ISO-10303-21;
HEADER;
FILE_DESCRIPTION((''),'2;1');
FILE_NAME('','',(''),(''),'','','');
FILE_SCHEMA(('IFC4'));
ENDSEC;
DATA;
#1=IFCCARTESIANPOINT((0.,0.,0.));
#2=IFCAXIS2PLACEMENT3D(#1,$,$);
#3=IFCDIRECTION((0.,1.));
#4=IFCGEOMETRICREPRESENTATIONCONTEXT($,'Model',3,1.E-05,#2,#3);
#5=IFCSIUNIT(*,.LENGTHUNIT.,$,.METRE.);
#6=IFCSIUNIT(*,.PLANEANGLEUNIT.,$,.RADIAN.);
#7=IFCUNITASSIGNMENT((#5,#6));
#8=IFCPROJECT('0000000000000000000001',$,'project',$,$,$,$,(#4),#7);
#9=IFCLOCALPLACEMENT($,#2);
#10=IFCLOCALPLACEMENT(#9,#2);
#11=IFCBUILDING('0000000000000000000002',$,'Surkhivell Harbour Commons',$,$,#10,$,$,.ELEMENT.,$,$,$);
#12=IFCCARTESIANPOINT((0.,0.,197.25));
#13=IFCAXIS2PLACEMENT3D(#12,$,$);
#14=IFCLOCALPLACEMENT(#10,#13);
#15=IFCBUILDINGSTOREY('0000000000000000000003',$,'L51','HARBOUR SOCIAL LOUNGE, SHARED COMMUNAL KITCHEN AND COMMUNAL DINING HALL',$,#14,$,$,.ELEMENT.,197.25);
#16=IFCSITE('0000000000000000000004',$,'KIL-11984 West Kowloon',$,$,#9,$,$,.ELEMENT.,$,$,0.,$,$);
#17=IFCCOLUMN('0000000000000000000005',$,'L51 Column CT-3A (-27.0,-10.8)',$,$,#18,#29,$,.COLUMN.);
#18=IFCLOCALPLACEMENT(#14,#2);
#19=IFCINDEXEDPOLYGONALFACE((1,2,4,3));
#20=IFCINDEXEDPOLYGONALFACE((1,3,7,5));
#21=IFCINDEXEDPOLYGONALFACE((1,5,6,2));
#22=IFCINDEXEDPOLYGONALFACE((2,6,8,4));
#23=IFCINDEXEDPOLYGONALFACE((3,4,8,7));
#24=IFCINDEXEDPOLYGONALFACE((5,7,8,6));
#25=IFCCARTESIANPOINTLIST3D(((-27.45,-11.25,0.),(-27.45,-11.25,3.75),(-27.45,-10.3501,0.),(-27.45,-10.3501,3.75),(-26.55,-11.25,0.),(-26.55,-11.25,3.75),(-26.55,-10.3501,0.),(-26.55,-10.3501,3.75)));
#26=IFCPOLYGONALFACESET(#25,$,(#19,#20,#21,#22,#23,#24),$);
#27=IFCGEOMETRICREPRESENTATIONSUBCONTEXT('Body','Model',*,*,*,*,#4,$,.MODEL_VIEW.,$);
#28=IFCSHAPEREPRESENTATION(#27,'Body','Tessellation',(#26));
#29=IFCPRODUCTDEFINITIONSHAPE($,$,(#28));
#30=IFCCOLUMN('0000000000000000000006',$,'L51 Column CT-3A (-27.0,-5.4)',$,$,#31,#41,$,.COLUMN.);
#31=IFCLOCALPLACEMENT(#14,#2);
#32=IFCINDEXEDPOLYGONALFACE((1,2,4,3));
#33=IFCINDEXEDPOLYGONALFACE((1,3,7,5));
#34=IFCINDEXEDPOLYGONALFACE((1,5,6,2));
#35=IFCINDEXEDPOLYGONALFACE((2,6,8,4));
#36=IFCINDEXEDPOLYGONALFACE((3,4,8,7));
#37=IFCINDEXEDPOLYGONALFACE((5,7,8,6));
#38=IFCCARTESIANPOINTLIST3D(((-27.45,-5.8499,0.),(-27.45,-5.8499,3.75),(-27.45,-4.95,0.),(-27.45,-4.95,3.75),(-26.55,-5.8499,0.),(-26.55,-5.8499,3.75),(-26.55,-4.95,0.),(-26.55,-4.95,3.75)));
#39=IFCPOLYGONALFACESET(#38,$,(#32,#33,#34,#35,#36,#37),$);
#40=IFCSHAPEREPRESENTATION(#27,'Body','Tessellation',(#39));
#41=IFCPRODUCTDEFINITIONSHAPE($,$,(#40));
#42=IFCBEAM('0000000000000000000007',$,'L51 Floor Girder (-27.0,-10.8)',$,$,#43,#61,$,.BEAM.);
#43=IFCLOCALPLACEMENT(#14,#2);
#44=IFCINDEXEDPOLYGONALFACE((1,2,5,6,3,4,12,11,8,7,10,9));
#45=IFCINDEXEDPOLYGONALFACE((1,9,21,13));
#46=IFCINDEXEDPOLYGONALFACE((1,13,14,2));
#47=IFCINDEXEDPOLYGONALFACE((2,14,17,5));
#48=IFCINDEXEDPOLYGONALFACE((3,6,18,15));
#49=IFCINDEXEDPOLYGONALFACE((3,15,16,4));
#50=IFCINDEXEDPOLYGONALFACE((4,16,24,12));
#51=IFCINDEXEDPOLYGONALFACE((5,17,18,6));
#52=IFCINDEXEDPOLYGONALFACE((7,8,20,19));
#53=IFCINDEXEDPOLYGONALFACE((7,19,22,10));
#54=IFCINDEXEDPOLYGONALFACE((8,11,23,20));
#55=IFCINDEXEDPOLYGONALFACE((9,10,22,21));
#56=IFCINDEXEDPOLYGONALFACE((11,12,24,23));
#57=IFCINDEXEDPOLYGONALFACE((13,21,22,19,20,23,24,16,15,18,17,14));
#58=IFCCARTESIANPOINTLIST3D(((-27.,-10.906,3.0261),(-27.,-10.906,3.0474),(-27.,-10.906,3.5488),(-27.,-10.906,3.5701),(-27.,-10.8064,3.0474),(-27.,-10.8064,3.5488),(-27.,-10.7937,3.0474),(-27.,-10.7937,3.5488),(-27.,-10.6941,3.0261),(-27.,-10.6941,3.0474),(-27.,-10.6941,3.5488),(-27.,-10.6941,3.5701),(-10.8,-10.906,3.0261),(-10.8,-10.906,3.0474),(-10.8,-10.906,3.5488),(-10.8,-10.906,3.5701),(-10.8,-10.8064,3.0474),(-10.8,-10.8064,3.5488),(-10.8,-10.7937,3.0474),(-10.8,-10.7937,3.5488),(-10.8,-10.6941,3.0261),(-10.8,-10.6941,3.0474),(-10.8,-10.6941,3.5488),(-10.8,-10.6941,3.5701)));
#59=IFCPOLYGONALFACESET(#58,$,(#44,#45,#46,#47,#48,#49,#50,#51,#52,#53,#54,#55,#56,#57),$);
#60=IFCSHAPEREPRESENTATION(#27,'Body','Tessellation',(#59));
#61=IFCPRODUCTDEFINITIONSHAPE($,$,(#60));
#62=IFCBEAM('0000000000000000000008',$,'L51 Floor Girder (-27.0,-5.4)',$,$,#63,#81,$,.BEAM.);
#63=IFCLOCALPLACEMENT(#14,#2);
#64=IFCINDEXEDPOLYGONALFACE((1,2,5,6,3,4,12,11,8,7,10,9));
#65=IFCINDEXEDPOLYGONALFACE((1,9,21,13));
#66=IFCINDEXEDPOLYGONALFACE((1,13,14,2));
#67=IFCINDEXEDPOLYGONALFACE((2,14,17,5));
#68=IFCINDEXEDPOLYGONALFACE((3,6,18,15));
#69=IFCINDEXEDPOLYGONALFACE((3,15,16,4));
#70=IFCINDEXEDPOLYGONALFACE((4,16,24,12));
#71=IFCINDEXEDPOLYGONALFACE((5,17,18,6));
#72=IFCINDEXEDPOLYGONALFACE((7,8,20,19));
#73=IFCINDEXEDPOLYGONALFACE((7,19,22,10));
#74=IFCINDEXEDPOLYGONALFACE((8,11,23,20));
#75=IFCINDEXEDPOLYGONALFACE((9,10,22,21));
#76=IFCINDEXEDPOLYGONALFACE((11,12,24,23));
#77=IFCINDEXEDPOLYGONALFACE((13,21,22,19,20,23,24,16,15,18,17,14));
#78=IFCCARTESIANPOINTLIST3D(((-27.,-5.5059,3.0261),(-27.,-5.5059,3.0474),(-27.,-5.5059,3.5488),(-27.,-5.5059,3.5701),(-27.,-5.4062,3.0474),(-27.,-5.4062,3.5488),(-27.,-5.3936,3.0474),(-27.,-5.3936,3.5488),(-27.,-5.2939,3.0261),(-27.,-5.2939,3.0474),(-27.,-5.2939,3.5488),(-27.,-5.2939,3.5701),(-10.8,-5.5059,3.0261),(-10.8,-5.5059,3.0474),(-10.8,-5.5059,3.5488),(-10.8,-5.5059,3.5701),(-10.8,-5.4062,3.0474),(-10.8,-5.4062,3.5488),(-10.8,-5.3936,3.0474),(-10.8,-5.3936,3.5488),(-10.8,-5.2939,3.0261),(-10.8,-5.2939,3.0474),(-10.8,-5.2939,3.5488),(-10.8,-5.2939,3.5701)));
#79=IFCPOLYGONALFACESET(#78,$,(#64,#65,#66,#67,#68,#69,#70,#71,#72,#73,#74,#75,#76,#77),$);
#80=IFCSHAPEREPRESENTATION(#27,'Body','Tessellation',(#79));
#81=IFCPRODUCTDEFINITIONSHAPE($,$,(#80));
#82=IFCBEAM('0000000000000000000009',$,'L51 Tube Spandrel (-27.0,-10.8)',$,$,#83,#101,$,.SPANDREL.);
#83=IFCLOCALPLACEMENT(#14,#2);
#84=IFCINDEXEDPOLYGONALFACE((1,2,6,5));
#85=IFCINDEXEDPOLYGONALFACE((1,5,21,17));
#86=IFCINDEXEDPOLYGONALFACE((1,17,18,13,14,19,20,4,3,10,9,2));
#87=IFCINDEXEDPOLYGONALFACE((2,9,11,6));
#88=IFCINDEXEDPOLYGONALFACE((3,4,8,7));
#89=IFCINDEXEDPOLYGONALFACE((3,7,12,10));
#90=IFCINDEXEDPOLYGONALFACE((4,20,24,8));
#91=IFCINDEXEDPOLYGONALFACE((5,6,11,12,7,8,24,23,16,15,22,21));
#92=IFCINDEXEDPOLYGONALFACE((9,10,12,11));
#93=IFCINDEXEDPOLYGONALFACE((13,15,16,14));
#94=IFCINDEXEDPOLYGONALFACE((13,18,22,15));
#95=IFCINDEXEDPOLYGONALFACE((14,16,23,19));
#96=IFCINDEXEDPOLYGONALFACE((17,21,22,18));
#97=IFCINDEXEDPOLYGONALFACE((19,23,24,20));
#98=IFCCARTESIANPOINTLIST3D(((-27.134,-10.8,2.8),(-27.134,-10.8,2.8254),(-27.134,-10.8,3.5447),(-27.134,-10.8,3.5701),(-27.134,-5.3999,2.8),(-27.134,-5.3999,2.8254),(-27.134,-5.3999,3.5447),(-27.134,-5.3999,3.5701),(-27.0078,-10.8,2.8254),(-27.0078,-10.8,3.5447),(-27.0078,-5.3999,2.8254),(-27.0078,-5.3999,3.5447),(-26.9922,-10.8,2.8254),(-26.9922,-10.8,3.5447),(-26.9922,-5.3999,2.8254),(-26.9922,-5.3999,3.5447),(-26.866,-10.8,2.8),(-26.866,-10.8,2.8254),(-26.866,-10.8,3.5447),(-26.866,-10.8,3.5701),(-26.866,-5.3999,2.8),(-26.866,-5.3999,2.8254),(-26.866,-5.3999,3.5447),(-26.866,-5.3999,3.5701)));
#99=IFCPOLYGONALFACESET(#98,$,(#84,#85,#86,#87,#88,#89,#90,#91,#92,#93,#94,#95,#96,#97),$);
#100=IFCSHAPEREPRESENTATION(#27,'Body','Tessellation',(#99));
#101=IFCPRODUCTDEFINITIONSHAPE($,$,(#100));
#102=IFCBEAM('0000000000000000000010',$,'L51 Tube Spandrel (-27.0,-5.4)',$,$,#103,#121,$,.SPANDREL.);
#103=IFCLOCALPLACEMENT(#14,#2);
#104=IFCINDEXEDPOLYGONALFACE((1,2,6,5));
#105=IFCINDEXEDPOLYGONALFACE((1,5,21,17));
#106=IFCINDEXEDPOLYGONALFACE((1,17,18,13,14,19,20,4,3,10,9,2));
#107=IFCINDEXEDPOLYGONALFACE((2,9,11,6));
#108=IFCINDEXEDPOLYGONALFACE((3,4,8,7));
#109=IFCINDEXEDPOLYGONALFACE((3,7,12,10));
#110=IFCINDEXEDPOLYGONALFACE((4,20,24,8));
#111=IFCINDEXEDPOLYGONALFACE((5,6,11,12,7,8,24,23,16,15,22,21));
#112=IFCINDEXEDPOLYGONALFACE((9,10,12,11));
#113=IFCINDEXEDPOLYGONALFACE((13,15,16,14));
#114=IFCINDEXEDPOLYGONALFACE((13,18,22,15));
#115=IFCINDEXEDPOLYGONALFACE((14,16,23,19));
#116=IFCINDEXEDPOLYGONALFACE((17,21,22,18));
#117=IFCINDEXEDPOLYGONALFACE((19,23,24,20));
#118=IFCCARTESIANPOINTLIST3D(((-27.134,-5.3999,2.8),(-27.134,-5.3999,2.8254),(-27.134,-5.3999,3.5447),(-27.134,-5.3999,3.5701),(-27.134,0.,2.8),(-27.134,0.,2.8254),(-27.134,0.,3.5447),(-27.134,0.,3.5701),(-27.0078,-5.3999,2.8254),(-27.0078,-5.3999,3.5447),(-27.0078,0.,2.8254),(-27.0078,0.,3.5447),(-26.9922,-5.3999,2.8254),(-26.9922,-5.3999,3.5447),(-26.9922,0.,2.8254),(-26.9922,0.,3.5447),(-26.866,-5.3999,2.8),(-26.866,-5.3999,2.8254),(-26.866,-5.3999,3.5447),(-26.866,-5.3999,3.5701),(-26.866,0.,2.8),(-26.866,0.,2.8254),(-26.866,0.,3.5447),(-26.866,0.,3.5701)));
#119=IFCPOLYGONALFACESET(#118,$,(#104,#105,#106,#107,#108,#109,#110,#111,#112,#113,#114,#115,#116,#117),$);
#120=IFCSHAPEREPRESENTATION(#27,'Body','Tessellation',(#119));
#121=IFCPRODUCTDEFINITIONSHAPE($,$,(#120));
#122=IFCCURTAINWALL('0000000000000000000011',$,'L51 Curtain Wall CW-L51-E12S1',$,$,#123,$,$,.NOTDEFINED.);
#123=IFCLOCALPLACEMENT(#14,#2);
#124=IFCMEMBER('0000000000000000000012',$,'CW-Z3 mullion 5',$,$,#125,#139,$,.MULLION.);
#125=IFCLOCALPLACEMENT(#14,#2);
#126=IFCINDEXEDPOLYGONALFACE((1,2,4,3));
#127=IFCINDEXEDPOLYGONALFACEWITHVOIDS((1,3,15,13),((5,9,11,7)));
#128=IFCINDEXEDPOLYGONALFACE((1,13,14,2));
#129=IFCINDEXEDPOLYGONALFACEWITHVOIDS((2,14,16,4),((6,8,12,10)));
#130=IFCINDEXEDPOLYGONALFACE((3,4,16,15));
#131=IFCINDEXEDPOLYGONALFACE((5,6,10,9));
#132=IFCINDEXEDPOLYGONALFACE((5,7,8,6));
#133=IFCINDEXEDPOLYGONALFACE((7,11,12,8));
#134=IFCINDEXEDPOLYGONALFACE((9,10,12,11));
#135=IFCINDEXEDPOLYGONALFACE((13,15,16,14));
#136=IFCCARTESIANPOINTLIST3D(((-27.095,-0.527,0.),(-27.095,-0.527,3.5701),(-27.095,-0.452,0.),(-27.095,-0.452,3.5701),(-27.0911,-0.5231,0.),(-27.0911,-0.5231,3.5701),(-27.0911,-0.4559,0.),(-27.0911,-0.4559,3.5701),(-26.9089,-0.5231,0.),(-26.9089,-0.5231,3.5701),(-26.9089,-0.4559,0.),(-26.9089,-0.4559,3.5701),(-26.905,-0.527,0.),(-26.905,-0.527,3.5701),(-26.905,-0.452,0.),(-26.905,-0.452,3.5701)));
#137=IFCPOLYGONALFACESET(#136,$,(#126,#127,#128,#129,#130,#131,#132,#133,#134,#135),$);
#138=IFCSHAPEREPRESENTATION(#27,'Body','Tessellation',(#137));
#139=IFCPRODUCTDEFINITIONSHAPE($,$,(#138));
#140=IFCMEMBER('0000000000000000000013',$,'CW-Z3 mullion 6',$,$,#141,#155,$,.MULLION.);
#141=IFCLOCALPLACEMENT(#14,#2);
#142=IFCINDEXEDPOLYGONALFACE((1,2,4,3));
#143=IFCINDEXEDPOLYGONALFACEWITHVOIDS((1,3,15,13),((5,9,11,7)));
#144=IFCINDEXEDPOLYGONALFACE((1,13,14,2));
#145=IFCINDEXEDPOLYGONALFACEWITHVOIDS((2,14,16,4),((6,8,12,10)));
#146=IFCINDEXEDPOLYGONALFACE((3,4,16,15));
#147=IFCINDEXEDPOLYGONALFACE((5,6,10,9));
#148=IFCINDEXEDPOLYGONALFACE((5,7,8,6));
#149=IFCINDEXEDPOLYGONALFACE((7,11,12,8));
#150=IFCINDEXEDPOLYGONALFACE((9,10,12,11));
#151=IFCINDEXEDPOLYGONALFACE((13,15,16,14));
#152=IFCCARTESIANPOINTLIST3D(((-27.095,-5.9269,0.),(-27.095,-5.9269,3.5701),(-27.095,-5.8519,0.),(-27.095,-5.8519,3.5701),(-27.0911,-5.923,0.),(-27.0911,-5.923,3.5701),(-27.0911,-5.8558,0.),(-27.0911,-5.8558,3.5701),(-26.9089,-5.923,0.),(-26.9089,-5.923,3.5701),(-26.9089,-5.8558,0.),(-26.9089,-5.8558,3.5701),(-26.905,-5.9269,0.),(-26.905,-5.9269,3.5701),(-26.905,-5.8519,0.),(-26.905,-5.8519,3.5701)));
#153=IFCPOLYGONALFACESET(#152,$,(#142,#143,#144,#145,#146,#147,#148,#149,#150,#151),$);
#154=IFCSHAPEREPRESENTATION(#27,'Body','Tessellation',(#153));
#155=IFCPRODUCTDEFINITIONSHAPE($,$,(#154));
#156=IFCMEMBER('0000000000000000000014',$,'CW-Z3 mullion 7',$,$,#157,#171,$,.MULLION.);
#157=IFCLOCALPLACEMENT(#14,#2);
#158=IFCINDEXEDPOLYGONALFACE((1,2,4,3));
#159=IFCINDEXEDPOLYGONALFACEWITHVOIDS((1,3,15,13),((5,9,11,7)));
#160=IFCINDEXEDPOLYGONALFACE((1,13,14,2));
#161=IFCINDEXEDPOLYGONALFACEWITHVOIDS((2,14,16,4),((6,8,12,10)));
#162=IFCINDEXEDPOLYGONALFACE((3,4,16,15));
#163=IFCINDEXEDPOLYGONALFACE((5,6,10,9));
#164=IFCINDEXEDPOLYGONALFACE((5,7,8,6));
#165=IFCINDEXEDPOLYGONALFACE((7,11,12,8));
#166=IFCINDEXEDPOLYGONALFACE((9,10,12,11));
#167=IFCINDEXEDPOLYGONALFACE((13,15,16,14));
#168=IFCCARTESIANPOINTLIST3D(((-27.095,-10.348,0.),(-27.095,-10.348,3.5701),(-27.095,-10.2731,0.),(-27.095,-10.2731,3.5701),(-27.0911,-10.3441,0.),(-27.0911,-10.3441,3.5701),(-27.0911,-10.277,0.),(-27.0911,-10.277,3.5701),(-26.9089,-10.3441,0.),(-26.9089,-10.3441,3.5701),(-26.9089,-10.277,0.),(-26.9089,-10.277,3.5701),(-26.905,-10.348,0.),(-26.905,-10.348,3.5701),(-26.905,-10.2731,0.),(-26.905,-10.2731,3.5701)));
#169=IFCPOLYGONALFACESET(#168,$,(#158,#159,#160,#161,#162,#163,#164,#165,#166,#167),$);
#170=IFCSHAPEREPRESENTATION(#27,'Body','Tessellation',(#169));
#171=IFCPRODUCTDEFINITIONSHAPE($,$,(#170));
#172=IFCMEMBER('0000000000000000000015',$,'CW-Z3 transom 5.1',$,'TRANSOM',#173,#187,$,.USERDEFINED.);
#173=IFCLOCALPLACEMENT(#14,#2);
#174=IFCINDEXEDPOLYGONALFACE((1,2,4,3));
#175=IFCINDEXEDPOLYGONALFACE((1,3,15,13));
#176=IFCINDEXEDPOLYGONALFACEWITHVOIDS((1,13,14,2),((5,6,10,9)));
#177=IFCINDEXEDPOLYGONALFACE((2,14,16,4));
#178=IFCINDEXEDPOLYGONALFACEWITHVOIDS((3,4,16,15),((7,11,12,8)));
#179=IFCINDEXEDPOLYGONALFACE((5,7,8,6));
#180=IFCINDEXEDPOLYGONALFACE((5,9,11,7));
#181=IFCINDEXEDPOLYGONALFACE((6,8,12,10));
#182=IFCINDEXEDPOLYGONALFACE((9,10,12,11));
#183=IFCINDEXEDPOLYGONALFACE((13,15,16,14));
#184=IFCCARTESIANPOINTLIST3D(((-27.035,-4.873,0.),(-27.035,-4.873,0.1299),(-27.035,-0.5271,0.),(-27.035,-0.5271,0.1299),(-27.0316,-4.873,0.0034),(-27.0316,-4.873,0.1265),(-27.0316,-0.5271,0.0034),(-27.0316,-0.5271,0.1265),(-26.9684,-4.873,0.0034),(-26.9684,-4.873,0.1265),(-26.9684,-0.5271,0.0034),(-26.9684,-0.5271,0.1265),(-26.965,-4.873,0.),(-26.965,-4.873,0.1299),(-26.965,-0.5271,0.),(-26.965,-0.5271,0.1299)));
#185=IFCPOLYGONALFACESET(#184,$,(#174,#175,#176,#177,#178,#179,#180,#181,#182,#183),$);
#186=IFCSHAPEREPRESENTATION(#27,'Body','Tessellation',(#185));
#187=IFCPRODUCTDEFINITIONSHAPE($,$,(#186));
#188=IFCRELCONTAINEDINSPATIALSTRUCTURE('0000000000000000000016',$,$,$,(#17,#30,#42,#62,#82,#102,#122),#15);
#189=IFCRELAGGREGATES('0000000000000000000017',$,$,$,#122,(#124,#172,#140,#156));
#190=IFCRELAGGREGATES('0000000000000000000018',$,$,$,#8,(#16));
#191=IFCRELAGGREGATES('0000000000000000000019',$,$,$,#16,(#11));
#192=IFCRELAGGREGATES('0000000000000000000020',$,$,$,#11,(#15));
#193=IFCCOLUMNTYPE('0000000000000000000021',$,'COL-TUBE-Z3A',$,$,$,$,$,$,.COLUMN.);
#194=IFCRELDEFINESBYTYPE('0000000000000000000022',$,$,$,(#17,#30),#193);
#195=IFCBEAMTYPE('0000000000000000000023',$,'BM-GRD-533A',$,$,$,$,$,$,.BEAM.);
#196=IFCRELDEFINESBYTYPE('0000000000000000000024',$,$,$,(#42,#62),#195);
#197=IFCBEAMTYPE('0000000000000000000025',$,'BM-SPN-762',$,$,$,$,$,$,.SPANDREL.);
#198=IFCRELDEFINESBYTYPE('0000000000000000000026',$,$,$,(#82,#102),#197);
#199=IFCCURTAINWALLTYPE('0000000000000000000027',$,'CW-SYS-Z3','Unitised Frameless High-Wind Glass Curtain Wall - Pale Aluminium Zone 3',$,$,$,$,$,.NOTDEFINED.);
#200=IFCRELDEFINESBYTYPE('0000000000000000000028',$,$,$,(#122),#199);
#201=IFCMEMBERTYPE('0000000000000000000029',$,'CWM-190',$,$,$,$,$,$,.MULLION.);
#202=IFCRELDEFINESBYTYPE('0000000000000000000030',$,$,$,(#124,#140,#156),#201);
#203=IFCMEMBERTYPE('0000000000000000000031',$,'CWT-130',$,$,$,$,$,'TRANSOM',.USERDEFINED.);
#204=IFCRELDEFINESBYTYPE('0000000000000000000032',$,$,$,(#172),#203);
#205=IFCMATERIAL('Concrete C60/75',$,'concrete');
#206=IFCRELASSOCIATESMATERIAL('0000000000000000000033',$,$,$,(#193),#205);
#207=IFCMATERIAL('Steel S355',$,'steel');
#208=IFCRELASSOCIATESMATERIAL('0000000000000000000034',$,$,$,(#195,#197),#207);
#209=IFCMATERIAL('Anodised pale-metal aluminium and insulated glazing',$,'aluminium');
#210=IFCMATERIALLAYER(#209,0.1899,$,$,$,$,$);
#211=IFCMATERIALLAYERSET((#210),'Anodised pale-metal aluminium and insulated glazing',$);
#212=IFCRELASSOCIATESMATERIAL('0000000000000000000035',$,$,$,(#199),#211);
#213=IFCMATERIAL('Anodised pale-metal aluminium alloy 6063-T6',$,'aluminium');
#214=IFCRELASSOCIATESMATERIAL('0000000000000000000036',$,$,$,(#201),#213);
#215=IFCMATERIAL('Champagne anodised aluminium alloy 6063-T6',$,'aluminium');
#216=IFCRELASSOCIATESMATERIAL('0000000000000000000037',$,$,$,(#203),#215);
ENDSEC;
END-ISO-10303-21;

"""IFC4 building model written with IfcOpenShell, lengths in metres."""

from ifc_helpers import new_model, si_unit, direction, frame, origin, origin_2d, place, context, subcontext, project, spatial, rectangle, hollow_rectangle, i_section, extrude, material, layer, layer_set, material_profile, profile_set, type_object, element, aggregate, save


model = new_model("IFC4")

# Units and contexts
model_context = context("Model", 3, precision=1e-05, world=origin(), true_north=direction((0.0, 1.0)))
body_context = subcontext(model_context, "Body", "Model", "MODEL_VIEW")
ifc_project = project(units=[si_unit("LENGTHUNIT", "METRE"), si_unit("PLANEANGLEUNIT", "RADIAN")], contexts=[model_context])

# Site, building, storey
site_placement = place(None, origin())
site = spatial("IfcSite", under=ifc_project, at=site_placement, Name="KIL-11984 West Kowloon", CompositionType="ELEMENT", RefElevation=0.0)
building_placement = place(site_placement, origin())
building = spatial("IfcBuilding", under=site, at=building_placement, Name="Surkhivell Harbour Commons", CompositionType="ELEMENT")
storey_placement = place(building_placement, frame((0.0, 0.0, 197.25)))
storey = spatial("IfcBuildingStorey", under=building, at=storey_placement, Name="L51", Description="HARBOUR SOCIAL LOUNGE, SHARED COMMUNAL KITCHEN AND COMMUNAL DINING HALL", CompositionType="ELEMENT", Elevation=197.25)

# Columns
ifc_material_1 = material(Name="Concrete C60/75", Category="concrete")
ifc_material_profile_1 = material_profile(ifc_material_1, rectangle(XDim=0.8999, YDim=0.8999, at=origin_2d()), Name="RC-COL-900x900")
ifc_profile_set_1 = profile_set([ifc_material_profile_1], Name="Concrete C60/75")
column_type = type_object("IfcColumnType", Name="COL-TUBE-Z3A", PredefinedType="COLUMN", material=ifc_profile_set_1)
for number, where, z_axis, x_axis, name in (
    (1, (-27.0, -10.8, 0.0), (0.0, 0.0, 1.0), (1.0, 0.0, 0.0), "L51 Column CT-3A (-27.0,-10.8)"),
    (2, (-27.0, -5.3999, 0.0), (0.0, 0.0, 1.0), (1.0, 0.0, 0.0), "L51 Column CT-3A (-27.0,-5.4)"),
):
    element("IfcColumn", number, at=place(storey_placement, frame(where, z_axis=z_axis, x_axis=x_axis)), inside=storey, type_object=column_type, Name=name, PredefinedType="COLUMN", context=body_context, shape_type="SweptSolid", body=[
        extrude(rectangle(XDim=0.8999, YDim=0.8999, at=origin_2d()), origin(), (0.0, 0.0, 1.0), 3.75),
    ])

# Beams
ifc_material_2 = material(Name="Steel S355", Category="steel")
ifc_material_profile_2 = material_profile(ifc_material_2, i_section(OverallWidth=0.2119, OverallDepth=0.5439, WebThickness=0.0127, FlangeThickness=0.0212, at=origin_2d()), Name="UB533x210x122")
ifc_profile_set_2 = profile_set([ifc_material_profile_2], Name="Steel S355")
beam_type_1 = type_object("IfcBeamType", Name="BM-GRD-533A", PredefinedType="BEAM", material=ifc_profile_set_2)
for number, where, z_axis, x_axis, name in (
    (3, (-27.0, -10.8, 3.2981), (1.0, 0.0, 0.0), (0.0, 1.0, 0.0), "L51 Floor Girder (-27.0,-10.8)"),
    (4, (-27.0, -5.3999, 3.2981), (1.0, 0.0, 0.0), (0.0, 1.0, 0.0), "L51 Floor Girder (-27.0,-5.4)"),
):
    element("IfcBeam", number, at=place(storey_placement, frame(where, z_axis=z_axis, x_axis=x_axis)), inside=storey, type_object=beam_type_1, Name=name, PredefinedType="BEAM", context=body_context, shape_type="SweptSolid", body=[
        extrude(i_section(OverallWidth=0.2119, OverallDepth=0.5439, WebThickness=0.0127, FlangeThickness=0.0212, at=origin_2d()), origin(), (0.0, 0.0, 1.0), 16.2),
    ])
ifc_material_profile_3 = material_profile(ifc_material_2, i_section(OverallWidth=0.2681, OverallDepth=0.77, WebThickness=0.0156, FlangeThickness=0.0254, at=origin_2d()), Name="UB762x267x197")
ifc_profile_set_3 = profile_set([ifc_material_profile_3], Name="Steel S355")
beam_type_2 = type_object("IfcBeamType", Name="BM-SPN-762", PredefinedType="SPANDREL", material=ifc_profile_set_3)
beam_1_placement = place(storey_placement, frame((-27.0, -10.8, 3.1851), z_axis=(0.0, 1.0, 0.0), x_axis=(-1.0, 0.0, 0.0)))
element("IfcBeam", 5, at=beam_1_placement, inside=storey, type_object=beam_type_2, Name="L51 Tube Spandrel (-27.0,-10.8)", PredefinedType="SPANDREL", context=body_context, shape_type="SweptSolid", body=[
    extrude(i_section(OverallWidth=0.2681, OverallDepth=0.77, WebThickness=0.0156, FlangeThickness=0.0254, at=origin_2d()), origin(), (0.0, 0.0, 1.0), 5.4001),
])
beam_2_placement = place(storey_placement, frame((-27.0, -5.3999, 3.1851), z_axis=(0.0, 1.0, 0.0), x_axis=(-1.0, 0.0, 0.0)))
element("IfcBeam", 6, at=beam_2_placement, inside=storey, type_object=beam_type_2, Name="L51 Tube Spandrel (-27.0,-5.4)", PredefinedType="SPANDREL", context=body_context, shape_type="SweptSolid", body=[
    extrude(i_section(OverallWidth=0.2681, OverallDepth=0.77, WebThickness=0.0156, FlangeThickness=0.0254, at=origin_2d()), origin(), (0.0, 0.0, 1.0), 5.3999),
])

# Curtain wall, members
ifc_material_3 = material(Name="Anodised pale-metal aluminium and insulated glazing", Category="aluminium")
ifc_layer_1 = layer(ifc_material_3, 0.1899)
ifc_layer_set_1 = layer_set([ifc_layer_1], Name="Anodised pale-metal aluminium and insulated glazing")
curtain_wall_type = type_object("IfcCurtainWallType", Name="CW-SYS-Z3", Description="Unitised Frameless High-Wind Glass Curtain Wall - Pale Aluminium Zone 3", PredefinedType="NOTDEFINED", material=ifc_layer_set_1)
curtain_wall_placement = place(storey_placement, origin())
curtain_wall = element("IfcCurtainWall", 7, at=curtain_wall_placement, inside=storey, type_object=curtain_wall_type, Name="L51 Curtain Wall CW-L51-E12S1", PredefinedType="NOTDEFINED")
ifc_material_4 = material(Name="Anodised pale-metal aluminium alloy 6063-T6", Category="aluminium")
ifc_material_profile_4 = material_profile(ifc_material_4, hollow_rectangle(XDim=0.075, YDim=0.1899, WallThickness=0.0039, at=origin_2d()), Name="ALU-MULL-75x190")
ifc_profile_set_4 = profile_set([ifc_material_profile_4], Name="Anodised pale-metal aluminium alloy 6063-T6")
member_type_1 = type_object("IfcMemberType", Name="CWM-190", PredefinedType="MULLION", material=ifc_profile_set_4)
member_1_placement = place(storey_placement, frame((-27.0, -0.4895, 0.0), z_axis=(0.0, 0.0, 1.0), x_axis=(0.0, -1.0, 0.0)))
member_1 = element("IfcMember", 8, at=member_1_placement, type_object=member_type_1, Name="CW-Z3 mullion 5", PredefinedType="MULLION", context=body_context, shape_type="SweptSolid", body=[
    extrude(hollow_rectangle(XDim=0.075, YDim=0.1899, WallThickness=0.0039, at=origin_2d()), origin(), (0.0, 0.0, 1.0), 3.5701),
])
member_2_placement = place(storey_placement, frame((-27.0, -5.8894, 0.0), z_axis=(0.0, 0.0, 1.0), x_axis=(0.0, -1.0, 0.0)))
member_2 = element("IfcMember", 9, at=member_2_placement, type_object=member_type_1, Name="CW-Z3 mullion 6", PredefinedType="MULLION", context=body_context, shape_type="SweptSolid", body=[
    extrude(hollow_rectangle(XDim=0.075, YDim=0.1899, WallThickness=0.0039, at=origin_2d()), origin(), (0.0, 0.0, 1.0), 3.5701),
])
member_3_placement = place(storey_placement, frame((-27.0, -10.3105, 0.0), z_axis=(0.0, 0.0, 1.0), x_axis=(0.0, -1.0, 0.0)))
member_3 = element("IfcMember", 10, at=member_3_placement, type_object=member_type_1, Name="CW-Z3 mullion 7", PredefinedType="MULLION", context=body_context, shape_type="SweptSolid", body=[
    extrude(hollow_rectangle(XDim=0.075, YDim=0.1899, WallThickness=0.0039, at=origin_2d()), origin(), (0.0, 0.0, 1.0), 3.5701),
])
ifc_material_5 = material(Name="Champagne anodised aluminium alloy 6063-T6", Category="aluminium")
ifc_material_profile_5 = material_profile(ifc_material_5, hollow_rectangle(XDim=0.0701, YDim=0.1299, WallThickness=0.0034, at=origin_2d()), Name="ALU-TRAN-70x130")
ifc_profile_set_5 = profile_set([ifc_material_profile_5], Name="Champagne anodised aluminium alloy 6063-T6")
member_type_2 = type_object("IfcMemberType", Name="CWT-130", ElementType="TRANSOM", PredefinedType="USERDEFINED", material=ifc_profile_set_5)
member_4_placement = place(storey_placement, frame((-27.0, -0.5271, 0.0649), z_axis=(0.0, -1.0, 0.0), x_axis=(1.0, 0.0, 0.0)))
member_4 = element("IfcMember", 11, at=member_4_placement, type_object=member_type_2, Name="CW-Z3 transom 5.1", ObjectType="TRANSOM", PredefinedType="USERDEFINED", context=body_context, shape_type="SweptSolid", body=[
    extrude(hollow_rectangle(XDim=0.0701, YDim=0.1299, WallThickness=0.0034, at=origin_2d()), origin(), (0.0, 0.0, 1.0), 4.3459),
])

aggregate(curtain_wall, [member_1, member_4, member_2, member_3])

save(model, "model.ifc")
